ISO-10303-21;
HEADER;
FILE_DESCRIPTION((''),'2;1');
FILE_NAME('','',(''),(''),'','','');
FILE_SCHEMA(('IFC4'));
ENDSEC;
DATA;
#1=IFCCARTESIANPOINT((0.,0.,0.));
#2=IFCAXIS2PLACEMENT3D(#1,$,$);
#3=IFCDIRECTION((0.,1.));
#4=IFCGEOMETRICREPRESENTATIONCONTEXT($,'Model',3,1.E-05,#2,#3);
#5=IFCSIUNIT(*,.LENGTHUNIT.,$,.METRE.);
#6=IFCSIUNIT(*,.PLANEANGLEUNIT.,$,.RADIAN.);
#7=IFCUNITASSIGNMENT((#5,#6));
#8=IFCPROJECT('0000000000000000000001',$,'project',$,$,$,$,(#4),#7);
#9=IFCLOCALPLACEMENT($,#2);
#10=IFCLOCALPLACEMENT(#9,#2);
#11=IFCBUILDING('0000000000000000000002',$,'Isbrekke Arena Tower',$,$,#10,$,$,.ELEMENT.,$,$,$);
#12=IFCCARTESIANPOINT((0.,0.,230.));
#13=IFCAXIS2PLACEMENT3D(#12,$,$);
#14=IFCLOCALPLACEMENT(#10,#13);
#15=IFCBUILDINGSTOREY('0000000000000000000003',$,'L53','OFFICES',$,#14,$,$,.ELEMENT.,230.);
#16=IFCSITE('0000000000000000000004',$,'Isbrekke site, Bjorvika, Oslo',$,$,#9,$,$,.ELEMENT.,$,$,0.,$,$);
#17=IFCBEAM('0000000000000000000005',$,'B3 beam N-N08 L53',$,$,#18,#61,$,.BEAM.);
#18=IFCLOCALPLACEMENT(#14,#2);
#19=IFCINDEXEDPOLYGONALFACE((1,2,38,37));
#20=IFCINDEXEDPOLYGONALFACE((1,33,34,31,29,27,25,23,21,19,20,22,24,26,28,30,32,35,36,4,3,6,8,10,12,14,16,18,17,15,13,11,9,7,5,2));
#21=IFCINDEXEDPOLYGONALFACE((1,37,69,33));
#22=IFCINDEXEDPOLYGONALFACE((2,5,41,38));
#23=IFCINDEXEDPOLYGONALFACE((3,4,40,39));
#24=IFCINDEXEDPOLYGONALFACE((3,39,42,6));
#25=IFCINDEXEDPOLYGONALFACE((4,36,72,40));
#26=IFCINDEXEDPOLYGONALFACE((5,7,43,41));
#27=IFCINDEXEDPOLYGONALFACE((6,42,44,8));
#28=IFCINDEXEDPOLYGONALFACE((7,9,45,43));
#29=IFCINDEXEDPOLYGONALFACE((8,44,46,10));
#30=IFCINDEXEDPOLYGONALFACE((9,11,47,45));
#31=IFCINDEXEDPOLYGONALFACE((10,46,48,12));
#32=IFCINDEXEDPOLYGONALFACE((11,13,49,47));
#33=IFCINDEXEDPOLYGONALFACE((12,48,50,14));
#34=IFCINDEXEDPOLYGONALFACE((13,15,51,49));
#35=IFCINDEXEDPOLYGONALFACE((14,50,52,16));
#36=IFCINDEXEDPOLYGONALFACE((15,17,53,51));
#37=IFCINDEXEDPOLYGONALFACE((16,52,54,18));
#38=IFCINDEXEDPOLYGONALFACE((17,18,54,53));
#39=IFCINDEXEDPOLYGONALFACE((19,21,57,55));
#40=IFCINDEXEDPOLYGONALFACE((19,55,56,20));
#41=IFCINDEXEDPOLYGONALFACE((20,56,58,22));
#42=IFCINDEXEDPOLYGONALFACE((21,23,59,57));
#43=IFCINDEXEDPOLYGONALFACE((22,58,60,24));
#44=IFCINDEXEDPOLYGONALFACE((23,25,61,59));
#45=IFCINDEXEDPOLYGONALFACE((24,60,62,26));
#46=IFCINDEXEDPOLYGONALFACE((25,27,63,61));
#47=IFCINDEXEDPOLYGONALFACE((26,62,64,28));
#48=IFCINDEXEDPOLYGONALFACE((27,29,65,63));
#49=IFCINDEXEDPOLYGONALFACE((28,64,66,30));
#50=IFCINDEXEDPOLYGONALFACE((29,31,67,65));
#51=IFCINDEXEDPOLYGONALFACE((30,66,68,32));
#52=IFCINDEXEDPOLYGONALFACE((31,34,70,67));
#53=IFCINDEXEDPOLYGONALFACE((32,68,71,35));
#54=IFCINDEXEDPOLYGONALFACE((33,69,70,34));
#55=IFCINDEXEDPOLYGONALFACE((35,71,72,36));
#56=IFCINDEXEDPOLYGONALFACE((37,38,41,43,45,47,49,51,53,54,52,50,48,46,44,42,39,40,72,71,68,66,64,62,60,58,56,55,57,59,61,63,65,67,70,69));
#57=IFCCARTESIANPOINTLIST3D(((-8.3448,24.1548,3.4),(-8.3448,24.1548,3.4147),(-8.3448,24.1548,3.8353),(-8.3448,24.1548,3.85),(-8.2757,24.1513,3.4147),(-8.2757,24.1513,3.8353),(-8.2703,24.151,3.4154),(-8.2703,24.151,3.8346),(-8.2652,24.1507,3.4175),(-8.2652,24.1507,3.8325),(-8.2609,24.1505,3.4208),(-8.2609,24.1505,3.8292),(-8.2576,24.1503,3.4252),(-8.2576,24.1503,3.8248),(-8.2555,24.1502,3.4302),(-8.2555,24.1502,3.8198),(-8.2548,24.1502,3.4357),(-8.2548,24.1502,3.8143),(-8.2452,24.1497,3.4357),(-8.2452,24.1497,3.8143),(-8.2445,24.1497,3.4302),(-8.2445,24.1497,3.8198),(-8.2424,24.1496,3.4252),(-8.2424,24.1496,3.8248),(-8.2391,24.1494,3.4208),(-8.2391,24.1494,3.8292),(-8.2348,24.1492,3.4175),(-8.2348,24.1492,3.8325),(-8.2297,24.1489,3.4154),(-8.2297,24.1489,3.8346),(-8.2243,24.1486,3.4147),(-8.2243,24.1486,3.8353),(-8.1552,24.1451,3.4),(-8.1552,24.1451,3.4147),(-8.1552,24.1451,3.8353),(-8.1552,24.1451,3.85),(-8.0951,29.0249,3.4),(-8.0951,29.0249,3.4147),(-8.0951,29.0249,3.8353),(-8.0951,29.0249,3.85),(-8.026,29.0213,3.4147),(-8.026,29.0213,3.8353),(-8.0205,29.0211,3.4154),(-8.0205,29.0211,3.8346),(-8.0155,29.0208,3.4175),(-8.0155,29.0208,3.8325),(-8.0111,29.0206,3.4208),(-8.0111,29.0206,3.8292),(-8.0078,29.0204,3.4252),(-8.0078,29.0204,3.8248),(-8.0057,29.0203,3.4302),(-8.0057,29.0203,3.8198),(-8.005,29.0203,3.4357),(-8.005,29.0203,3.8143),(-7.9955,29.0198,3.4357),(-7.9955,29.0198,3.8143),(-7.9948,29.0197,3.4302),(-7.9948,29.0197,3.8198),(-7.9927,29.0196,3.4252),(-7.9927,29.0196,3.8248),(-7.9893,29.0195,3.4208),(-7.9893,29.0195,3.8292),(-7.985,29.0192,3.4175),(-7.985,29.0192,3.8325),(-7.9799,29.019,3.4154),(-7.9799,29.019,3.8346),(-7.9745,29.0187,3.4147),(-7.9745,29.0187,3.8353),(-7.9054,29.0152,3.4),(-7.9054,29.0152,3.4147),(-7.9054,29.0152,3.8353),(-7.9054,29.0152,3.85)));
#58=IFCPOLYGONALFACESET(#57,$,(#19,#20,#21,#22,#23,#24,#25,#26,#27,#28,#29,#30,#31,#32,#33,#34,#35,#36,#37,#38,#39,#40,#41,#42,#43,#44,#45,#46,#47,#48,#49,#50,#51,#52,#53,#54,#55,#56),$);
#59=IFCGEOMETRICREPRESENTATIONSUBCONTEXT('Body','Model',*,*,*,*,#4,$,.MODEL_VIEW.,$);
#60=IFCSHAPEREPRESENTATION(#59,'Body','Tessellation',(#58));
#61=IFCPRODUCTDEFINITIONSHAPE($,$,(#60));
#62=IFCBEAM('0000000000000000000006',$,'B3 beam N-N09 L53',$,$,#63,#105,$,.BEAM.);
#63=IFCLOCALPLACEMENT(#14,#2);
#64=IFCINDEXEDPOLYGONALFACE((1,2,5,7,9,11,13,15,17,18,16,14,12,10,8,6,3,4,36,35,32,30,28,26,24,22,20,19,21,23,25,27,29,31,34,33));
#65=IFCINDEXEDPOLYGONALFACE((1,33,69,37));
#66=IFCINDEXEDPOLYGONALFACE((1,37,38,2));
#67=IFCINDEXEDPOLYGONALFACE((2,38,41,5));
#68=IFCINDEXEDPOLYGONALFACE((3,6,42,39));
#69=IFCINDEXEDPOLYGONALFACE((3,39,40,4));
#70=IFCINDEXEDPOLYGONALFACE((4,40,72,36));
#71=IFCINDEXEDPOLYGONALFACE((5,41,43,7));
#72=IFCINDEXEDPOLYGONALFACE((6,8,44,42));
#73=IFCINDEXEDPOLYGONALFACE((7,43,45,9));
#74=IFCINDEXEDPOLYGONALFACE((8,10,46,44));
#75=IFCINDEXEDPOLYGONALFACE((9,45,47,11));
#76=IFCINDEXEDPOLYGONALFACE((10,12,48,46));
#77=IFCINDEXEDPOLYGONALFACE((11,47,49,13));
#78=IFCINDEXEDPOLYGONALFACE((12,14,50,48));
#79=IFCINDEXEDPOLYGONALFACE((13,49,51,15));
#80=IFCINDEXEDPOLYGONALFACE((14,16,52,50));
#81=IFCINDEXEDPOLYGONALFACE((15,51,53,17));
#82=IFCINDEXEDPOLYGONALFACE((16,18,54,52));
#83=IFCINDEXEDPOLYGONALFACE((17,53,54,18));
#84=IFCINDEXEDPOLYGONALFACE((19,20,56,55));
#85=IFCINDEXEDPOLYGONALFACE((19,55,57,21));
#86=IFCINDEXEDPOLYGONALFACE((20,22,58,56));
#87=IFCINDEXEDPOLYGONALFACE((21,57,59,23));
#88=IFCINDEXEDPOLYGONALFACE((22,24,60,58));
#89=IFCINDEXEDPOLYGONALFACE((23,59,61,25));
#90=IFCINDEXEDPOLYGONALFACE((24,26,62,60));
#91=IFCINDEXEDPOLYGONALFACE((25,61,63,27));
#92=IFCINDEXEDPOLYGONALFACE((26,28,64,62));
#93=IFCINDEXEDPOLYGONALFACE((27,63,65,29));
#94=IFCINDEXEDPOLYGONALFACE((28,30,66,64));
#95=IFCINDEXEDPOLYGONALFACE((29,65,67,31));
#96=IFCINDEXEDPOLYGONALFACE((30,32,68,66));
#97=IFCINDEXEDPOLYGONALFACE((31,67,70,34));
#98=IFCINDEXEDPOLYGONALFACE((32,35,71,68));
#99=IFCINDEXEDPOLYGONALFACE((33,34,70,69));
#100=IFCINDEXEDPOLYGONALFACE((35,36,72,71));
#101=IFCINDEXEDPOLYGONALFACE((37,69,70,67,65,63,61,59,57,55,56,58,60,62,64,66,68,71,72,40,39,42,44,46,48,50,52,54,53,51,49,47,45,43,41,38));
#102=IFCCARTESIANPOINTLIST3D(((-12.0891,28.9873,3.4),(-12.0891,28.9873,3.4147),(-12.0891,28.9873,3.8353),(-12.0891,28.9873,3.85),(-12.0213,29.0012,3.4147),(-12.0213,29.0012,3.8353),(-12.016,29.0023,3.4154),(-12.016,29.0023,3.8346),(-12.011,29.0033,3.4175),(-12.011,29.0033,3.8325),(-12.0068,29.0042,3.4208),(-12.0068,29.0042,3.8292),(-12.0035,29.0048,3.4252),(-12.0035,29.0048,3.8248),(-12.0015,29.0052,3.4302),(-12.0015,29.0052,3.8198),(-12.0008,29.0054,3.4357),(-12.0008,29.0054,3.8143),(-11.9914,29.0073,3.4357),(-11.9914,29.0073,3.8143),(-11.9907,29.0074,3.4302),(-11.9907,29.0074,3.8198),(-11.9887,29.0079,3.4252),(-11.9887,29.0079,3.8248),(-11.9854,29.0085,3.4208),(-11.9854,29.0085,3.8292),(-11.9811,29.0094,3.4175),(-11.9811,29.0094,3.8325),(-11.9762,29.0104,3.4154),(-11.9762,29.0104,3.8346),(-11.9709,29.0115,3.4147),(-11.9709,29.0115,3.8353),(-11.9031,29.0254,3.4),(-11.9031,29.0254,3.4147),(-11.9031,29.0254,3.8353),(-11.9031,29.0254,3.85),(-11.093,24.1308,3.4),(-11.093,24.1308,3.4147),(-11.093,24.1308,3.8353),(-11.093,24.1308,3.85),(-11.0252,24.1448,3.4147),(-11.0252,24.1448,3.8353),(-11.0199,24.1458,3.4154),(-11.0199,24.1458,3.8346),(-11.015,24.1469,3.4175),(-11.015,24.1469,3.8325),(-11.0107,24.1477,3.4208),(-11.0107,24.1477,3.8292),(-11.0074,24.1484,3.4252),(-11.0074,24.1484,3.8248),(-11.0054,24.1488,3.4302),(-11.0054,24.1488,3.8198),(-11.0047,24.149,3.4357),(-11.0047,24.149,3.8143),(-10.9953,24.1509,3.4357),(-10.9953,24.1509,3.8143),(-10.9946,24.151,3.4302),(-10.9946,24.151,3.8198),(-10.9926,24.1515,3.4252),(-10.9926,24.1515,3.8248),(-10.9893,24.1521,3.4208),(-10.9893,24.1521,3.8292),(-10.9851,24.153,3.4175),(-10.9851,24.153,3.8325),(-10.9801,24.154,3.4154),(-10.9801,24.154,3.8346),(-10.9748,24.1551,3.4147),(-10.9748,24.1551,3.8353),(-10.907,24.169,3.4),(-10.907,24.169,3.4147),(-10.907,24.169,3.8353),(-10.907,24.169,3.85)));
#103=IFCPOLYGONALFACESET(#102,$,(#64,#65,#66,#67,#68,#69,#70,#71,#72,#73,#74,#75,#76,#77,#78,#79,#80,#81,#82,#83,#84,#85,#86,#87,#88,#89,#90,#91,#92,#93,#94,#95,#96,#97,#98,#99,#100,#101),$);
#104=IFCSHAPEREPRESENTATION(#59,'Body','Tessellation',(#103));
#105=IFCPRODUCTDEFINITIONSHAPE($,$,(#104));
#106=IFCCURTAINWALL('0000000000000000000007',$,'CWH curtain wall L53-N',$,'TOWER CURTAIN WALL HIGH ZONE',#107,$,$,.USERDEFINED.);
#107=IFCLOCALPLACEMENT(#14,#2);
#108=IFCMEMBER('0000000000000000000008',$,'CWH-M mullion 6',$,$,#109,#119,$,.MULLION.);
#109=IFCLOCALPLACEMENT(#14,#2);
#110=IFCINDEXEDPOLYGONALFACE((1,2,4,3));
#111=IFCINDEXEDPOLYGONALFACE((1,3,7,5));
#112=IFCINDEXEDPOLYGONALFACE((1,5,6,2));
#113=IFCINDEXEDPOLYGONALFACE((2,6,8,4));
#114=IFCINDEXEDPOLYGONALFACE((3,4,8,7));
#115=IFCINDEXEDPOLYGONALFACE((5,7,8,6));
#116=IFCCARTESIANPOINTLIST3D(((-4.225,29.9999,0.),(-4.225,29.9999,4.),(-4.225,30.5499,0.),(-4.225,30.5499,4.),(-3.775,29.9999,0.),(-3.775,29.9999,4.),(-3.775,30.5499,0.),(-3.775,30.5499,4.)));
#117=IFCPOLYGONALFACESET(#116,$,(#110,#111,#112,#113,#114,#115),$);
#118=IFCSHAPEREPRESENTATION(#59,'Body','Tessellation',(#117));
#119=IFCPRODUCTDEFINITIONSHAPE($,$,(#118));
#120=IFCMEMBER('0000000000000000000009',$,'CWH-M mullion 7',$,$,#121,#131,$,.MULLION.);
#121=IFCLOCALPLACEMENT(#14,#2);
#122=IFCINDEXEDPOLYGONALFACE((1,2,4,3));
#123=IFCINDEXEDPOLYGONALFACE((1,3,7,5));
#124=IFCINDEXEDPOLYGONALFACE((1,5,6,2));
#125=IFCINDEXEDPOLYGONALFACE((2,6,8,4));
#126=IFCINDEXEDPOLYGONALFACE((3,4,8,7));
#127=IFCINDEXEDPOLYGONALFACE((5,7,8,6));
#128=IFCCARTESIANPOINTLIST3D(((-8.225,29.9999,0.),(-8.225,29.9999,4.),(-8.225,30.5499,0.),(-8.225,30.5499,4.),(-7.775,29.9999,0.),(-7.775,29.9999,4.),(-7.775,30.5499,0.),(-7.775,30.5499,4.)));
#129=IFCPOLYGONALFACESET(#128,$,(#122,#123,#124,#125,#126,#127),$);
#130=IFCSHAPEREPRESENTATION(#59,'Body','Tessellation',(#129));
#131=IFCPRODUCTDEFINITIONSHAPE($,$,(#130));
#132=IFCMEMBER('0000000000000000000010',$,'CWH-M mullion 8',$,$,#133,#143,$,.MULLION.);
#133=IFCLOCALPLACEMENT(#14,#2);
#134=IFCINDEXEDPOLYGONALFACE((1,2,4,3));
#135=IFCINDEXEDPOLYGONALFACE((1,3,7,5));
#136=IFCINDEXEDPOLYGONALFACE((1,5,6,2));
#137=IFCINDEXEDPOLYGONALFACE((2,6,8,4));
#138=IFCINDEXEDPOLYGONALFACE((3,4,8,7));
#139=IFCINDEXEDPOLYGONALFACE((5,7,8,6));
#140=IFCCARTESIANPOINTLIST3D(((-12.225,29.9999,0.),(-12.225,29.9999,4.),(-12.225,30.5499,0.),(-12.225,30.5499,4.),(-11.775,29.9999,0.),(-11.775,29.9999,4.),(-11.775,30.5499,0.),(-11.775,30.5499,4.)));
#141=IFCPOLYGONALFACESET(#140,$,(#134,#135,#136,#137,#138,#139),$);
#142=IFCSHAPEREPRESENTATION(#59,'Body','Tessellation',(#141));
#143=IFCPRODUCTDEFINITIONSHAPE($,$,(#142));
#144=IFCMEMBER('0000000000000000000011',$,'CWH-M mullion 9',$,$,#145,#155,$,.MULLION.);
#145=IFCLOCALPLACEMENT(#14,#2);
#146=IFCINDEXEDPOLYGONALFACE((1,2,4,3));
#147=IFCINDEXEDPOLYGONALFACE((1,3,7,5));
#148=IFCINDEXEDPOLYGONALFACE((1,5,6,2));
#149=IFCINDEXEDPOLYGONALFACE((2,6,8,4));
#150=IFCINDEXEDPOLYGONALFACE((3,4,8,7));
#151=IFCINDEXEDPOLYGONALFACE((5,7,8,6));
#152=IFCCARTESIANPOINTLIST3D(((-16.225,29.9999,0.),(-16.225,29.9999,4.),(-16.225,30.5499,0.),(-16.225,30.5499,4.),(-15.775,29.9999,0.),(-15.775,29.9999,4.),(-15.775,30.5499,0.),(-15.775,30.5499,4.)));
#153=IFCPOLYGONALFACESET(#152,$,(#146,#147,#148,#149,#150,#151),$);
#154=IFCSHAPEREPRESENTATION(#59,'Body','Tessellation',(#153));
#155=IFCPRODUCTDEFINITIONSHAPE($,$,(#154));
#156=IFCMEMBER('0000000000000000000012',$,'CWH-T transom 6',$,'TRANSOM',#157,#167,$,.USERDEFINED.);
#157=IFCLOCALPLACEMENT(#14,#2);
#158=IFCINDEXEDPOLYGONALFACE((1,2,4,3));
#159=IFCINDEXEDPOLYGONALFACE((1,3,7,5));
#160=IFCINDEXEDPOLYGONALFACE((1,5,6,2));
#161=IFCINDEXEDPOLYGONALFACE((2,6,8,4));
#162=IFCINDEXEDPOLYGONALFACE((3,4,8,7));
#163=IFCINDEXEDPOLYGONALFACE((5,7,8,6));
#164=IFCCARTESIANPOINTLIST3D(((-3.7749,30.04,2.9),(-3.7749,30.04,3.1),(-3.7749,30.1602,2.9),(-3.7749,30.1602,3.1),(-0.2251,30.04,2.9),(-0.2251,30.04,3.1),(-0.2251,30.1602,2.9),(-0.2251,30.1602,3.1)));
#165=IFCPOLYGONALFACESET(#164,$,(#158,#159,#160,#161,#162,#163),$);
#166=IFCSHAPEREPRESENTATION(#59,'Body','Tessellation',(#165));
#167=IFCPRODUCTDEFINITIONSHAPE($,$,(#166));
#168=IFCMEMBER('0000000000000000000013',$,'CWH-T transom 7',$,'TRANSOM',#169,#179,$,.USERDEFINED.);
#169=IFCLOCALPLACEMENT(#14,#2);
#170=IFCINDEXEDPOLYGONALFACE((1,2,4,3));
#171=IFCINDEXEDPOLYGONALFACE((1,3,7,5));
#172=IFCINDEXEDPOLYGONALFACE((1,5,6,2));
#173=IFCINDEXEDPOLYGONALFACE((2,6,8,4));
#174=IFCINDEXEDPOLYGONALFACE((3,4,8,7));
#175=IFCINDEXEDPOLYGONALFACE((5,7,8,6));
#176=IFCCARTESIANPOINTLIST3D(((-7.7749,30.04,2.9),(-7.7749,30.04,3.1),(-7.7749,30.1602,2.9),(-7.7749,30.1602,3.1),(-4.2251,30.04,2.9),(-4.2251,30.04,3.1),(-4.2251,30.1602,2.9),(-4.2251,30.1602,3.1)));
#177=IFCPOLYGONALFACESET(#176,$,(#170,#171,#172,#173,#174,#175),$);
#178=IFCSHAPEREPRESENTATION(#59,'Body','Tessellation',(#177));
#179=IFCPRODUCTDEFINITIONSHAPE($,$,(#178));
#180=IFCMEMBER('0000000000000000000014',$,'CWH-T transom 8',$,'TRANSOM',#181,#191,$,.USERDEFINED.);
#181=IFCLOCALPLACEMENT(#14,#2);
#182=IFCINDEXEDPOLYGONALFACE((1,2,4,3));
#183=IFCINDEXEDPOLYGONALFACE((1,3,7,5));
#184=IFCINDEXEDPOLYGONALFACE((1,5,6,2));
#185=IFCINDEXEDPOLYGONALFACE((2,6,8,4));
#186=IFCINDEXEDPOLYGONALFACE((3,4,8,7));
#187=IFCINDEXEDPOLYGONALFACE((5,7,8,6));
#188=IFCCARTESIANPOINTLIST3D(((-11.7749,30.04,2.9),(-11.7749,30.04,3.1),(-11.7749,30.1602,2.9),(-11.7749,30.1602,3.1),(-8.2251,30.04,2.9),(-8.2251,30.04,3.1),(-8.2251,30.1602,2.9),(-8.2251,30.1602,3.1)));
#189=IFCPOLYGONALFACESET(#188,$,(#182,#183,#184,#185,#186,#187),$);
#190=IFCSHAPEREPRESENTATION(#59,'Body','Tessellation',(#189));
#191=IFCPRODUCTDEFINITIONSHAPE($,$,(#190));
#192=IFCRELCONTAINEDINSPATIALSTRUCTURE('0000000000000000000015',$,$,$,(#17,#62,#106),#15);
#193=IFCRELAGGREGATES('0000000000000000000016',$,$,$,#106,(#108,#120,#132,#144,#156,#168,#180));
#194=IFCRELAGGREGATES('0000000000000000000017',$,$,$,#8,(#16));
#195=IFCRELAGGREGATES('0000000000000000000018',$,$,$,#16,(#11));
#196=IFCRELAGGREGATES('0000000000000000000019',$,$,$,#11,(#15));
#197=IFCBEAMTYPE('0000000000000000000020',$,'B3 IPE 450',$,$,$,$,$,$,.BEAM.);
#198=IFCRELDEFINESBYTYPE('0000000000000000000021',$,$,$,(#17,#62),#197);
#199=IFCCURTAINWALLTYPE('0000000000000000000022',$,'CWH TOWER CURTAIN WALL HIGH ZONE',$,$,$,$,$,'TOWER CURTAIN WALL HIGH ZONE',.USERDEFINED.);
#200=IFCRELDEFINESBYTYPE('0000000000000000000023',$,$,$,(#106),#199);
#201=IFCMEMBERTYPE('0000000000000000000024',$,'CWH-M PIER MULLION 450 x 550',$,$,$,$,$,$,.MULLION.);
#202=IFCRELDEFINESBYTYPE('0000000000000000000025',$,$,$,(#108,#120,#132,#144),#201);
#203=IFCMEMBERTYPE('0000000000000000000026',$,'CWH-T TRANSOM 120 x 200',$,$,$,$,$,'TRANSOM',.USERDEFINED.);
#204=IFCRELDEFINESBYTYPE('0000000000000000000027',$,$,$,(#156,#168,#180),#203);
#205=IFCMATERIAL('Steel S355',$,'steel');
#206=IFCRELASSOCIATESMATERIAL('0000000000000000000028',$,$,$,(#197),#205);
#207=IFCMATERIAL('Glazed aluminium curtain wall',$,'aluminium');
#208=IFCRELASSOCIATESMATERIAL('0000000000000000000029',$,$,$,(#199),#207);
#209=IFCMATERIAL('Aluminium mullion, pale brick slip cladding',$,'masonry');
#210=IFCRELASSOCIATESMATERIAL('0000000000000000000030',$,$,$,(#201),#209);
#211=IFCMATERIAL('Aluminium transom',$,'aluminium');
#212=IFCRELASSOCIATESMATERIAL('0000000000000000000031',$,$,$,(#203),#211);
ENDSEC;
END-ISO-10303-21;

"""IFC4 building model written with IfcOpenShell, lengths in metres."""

from ifc_helpers import new_model, si_unit, direction, frame, origin, origin_2d, place, context, subcontext, project, spatial, rectangle, i_section, extrude, material, material_profile, profile_set, type_object, element, aggregate, save


model = new_model("IFC4")

# Units and contexts
model_context = context("Model", 3, precision=1e-05, world=origin(), true_north=direction((0.0, 1.0)))
body_context = subcontext(model_context, "Body", "Model", "MODEL_VIEW")
ifc_project = project(units=[si_unit("LENGTHUNIT", "METRE"), si_unit("PLANEANGLEUNIT", "RADIAN")], contexts=[model_context])

# Site, building, storey
site_placement = place(None, origin())
site = spatial("IfcSite", under=ifc_project, at=site_placement, Name="Isbrekke site, Bjorvika, Oslo", CompositionType="ELEMENT", RefElevation=0.0)
building_placement = place(site_placement, origin())
building = spatial("IfcBuilding", under=site, at=building_placement, Name="Isbrekke Arena Tower", CompositionType="ELEMENT")
storey_placement = place(building_placement, frame((0.0, 0.0, 230.0)))
storey = spatial("IfcBuildingStorey", under=building, at=storey_placement, Name="L53", Description="OFFICES", CompositionType="ELEMENT", Elevation=230.0)

# Beams
ifc_material_1 = material(Name="Steel S355", Category="steel")
ifc_material_profile_1 = material_profile(ifc_material_1, i_section(OverallWidth=0.1899, OverallDepth=0.45, WebThickness=0.0095, FlangeThickness=0.0146, FilletRadius=0.021, at=origin_2d()), Name="IPE 450")
ifc_profile_set_1 = profile_set([ifc_material_profile_1], Name="Steel S355")
beam_type_1 = type_object("IfcBeamType", Name="B3 IPE 450", PredefinedType="BEAM", material=ifc_profile_set_1)
beam_1_placement = place(storey_placement, frame((-8.0002, 29.02, 3.625), z_axis=(-0.051216, -0.998688, 0.0), x_axis=(0.998688, -0.051216, 0.0)))
element("IfcBeam", 1, at=beam_1_placement, inside=storey, type_object=beam_type_1, Name="B3 beam N-N08 L53", PredefinedType="BEAM", context=body_context, shape_type="SweptSolid", body=[
    extrude(i_section(OverallWidth=0.1899, OverallDepth=0.45, WebThickness=0.0095, FlangeThickness=0.0146, FilletRadius=0.021, at=origin_2d()), origin(), (0.0, 0.0, 1.0), 4.8765),
])
beam_2_placement = place(storey_placement, frame((-11.9961, 29.0063, 3.625), z_axis=(0.200925, -0.979607, 0.0), x_axis=(0.979607, 0.200925, 0.0)))
element("IfcBeam", 2, at=beam_2_placement, inside=storey, type_object=beam_type_1, Name="B3 beam N-N09 L53", PredefinedType="BEAM", context=body_context, shape_type="SweptSolid", body=[
    extrude(i_section(OverallWidth=0.1899, OverallDepth=0.45, WebThickness=0.0095, FlangeThickness=0.0146, FilletRadius=0.021, at=origin_2d()), origin(), (0.0, 0.0, 1.0), 4.9575),
])

# Curtain wall, members
ifc_material_2 = material(Name="Glazed aluminium curtain wall", Category="aluminium")
curtain_wall_type = type_object("IfcCurtainWallType", Name="CWH TOWER CURTAIN WALL HIGH ZONE", ElementType="TOWER CURTAIN WALL HIGH ZONE", PredefinedType="USERDEFINED", material=ifc_material_2)
curtain_wall_placement = place(storey_placement, origin())
curtain_wall = element("IfcCurtainWall", 3, at=curtain_wall_placement, inside=storey, type_object=curtain_wall_type, Name="CWH curtain wall L53-N", ObjectType="TOWER CURTAIN WALL HIGH ZONE", PredefinedType="USERDEFINED")
ifc_material_3 = material(Name="Aluminium mullion, pale brick slip cladding", Category="masonry")
ifc_material_profile_2 = material_profile(ifc_material_3, rectangle(XDim=0.45, YDim=0.55, at=origin_2d()), Name="PIER 450X550")
ifc_profile_set_2 = profile_set([ifc_material_profile_2], Name="Aluminium mullion, pale brick slip cladding")
member_type_1 = type_object("IfcMemberType", Name="CWH-M PIER MULLION 450 x 550", PredefinedType="MULLION", material=ifc_profile_set_2)
member_1_placement = place(storey_placement, frame((-4.0, 30.2749, 0.0), z_axis=(0.0, 0.0, 1.0), x_axis=(-1.0, 0.0, 0.0)))
member_1 = element("IfcMember", 4, at=member_1_placement, type_object=member_type_1, Name="CWH-M mullion 6", PredefinedType="MULLION", context=body_context, shape_type="SweptSolid", body=[
    extrude(rectangle(XDim=0.45, YDim=0.55, at=origin_2d()), origin(), (0.0, 0.0, 1.0), 4.0),
])
member_2_placement = place(storey_placement, frame((-8.0, 30.2749, 0.0), z_axis=(0.0, 0.0, 1.0), x_axis=(-1.0, 0.0, 0.0)))
member_2 = element("IfcMember", 5, at=member_2_placement, type_object=member_type_1, Name="CWH-M mullion 7", PredefinedType="MULLION", context=body_context, shape_type="SweptSolid", body=[
    extrude(rectangle(XDim=0.45, YDim=0.55, at=origin_2d()), origin(), (0.0, 0.0, 1.0), 4.0),
])
member_3_placement = place(storey_placement, frame((-12.0, 30.2749, 0.0), z_axis=(0.0, 0.0, 1.0), x_axis=(-1.0, 0.0, 0.0)))
member_3 = element("IfcMember", 6, at=member_3_placement, type_object=member_type_1, Name="CWH-M mullion 8", PredefinedType="MULLION", context=body_context, shape_type="SweptSolid", body=[
    extrude(rectangle(XDim=0.45, YDim=0.55, at=origin_2d()), origin(), (0.0, 0.0, 1.0), 4.0),
])
member_4_placement = place(storey_placement, frame((-16.0, 30.2749, 0.0), z_axis=(0.0, 0.0, 1.0), x_axis=(-1.0, 0.0, 0.0)))
member_4 = element("IfcMember", 7, at=member_4_placement, type_object=member_type_1, Name="CWH-M mullion 9", PredefinedType="MULLION", context=body_context, shape_type="SweptSolid", body=[
    extrude(rectangle(XDim=0.45, YDim=0.55, at=origin_2d()), origin(), (0.0, 0.0, 1.0), 4.0),
])
ifc_material_4 = material(Name="Aluminium transom", Category="aluminium")
ifc_material_profile_3 = material_profile(ifc_material_4, rectangle(XDim=0.1201, YDim=0.2, at=origin_2d()), Name="TRANSOM 120X200")
ifc_profile_set_3 = profile_set([ifc_material_profile_3], Name="Aluminium transom")
member_type_2 = type_object("IfcMemberType", Name="CWH-T TRANSOM 120 x 200", ElementType="TRANSOM", PredefinedType="USERDEFINED", material=ifc_profile_set_3)
member_5_placement = place(storey_placement, frame((-0.2251, 30.1001, 3.0), z_axis=(-1.0, 0.0, 0.0), x_axis=(0.0, -1.0, 0.0)))
member_5 = element("IfcMember", 8, at=member_5_placement, type_object=member_type_2, Name="CWH-T transom 6", ObjectType="TRANSOM", PredefinedType="USERDEFINED", context=body_context, shape_type="SweptSolid", body=[
    extrude(rectangle(XDim=0.1201, YDim=0.2, at=origin_2d()), origin(), (0.0, 0.0, 1.0), 3.5498),
])
member_6_placement = place(storey_placement, frame((-4.2251, 30.1001, 3.0), z_axis=(-1.0, 0.0, 0.0), x_axis=(0.0, -1.0, 0.0)))
member_6 = element("IfcMember", 9, at=member_6_placement, type_object=member_type_2, Name="CWH-T transom 7", ObjectType="TRANSOM", PredefinedType="USERDEFINED", context=body_context, shape_type="SweptSolid", body=[
    extrude(rectangle(XDim=0.1201, YDim=0.2, at=origin_2d()), origin(), (0.0, 0.0, 1.0), 3.5498),
])
member_7_placement = place(storey_placement, frame((-8.2251, 30.1001, 3.0), z_axis=(-1.0, 0.0, 0.0), x_axis=(0.0, -1.0, 0.0)))
member_7 = element("IfcMember", 10, at=member_7_placement, type_object=member_type_2, Name="CWH-T transom 8", ObjectType="TRANSOM", PredefinedType="USERDEFINED", context=body_context, shape_type="SweptSolid", body=[
    extrude(rectangle(XDim=0.1201, YDim=0.2, at=origin_2d()), origin(), (0.0, 0.0, 1.0), 3.5498),
])

aggregate(curtain_wall, [member_1, member_2, member_3, member_4, member_5, member_6, member_7])

save(model, "model.ifc")
